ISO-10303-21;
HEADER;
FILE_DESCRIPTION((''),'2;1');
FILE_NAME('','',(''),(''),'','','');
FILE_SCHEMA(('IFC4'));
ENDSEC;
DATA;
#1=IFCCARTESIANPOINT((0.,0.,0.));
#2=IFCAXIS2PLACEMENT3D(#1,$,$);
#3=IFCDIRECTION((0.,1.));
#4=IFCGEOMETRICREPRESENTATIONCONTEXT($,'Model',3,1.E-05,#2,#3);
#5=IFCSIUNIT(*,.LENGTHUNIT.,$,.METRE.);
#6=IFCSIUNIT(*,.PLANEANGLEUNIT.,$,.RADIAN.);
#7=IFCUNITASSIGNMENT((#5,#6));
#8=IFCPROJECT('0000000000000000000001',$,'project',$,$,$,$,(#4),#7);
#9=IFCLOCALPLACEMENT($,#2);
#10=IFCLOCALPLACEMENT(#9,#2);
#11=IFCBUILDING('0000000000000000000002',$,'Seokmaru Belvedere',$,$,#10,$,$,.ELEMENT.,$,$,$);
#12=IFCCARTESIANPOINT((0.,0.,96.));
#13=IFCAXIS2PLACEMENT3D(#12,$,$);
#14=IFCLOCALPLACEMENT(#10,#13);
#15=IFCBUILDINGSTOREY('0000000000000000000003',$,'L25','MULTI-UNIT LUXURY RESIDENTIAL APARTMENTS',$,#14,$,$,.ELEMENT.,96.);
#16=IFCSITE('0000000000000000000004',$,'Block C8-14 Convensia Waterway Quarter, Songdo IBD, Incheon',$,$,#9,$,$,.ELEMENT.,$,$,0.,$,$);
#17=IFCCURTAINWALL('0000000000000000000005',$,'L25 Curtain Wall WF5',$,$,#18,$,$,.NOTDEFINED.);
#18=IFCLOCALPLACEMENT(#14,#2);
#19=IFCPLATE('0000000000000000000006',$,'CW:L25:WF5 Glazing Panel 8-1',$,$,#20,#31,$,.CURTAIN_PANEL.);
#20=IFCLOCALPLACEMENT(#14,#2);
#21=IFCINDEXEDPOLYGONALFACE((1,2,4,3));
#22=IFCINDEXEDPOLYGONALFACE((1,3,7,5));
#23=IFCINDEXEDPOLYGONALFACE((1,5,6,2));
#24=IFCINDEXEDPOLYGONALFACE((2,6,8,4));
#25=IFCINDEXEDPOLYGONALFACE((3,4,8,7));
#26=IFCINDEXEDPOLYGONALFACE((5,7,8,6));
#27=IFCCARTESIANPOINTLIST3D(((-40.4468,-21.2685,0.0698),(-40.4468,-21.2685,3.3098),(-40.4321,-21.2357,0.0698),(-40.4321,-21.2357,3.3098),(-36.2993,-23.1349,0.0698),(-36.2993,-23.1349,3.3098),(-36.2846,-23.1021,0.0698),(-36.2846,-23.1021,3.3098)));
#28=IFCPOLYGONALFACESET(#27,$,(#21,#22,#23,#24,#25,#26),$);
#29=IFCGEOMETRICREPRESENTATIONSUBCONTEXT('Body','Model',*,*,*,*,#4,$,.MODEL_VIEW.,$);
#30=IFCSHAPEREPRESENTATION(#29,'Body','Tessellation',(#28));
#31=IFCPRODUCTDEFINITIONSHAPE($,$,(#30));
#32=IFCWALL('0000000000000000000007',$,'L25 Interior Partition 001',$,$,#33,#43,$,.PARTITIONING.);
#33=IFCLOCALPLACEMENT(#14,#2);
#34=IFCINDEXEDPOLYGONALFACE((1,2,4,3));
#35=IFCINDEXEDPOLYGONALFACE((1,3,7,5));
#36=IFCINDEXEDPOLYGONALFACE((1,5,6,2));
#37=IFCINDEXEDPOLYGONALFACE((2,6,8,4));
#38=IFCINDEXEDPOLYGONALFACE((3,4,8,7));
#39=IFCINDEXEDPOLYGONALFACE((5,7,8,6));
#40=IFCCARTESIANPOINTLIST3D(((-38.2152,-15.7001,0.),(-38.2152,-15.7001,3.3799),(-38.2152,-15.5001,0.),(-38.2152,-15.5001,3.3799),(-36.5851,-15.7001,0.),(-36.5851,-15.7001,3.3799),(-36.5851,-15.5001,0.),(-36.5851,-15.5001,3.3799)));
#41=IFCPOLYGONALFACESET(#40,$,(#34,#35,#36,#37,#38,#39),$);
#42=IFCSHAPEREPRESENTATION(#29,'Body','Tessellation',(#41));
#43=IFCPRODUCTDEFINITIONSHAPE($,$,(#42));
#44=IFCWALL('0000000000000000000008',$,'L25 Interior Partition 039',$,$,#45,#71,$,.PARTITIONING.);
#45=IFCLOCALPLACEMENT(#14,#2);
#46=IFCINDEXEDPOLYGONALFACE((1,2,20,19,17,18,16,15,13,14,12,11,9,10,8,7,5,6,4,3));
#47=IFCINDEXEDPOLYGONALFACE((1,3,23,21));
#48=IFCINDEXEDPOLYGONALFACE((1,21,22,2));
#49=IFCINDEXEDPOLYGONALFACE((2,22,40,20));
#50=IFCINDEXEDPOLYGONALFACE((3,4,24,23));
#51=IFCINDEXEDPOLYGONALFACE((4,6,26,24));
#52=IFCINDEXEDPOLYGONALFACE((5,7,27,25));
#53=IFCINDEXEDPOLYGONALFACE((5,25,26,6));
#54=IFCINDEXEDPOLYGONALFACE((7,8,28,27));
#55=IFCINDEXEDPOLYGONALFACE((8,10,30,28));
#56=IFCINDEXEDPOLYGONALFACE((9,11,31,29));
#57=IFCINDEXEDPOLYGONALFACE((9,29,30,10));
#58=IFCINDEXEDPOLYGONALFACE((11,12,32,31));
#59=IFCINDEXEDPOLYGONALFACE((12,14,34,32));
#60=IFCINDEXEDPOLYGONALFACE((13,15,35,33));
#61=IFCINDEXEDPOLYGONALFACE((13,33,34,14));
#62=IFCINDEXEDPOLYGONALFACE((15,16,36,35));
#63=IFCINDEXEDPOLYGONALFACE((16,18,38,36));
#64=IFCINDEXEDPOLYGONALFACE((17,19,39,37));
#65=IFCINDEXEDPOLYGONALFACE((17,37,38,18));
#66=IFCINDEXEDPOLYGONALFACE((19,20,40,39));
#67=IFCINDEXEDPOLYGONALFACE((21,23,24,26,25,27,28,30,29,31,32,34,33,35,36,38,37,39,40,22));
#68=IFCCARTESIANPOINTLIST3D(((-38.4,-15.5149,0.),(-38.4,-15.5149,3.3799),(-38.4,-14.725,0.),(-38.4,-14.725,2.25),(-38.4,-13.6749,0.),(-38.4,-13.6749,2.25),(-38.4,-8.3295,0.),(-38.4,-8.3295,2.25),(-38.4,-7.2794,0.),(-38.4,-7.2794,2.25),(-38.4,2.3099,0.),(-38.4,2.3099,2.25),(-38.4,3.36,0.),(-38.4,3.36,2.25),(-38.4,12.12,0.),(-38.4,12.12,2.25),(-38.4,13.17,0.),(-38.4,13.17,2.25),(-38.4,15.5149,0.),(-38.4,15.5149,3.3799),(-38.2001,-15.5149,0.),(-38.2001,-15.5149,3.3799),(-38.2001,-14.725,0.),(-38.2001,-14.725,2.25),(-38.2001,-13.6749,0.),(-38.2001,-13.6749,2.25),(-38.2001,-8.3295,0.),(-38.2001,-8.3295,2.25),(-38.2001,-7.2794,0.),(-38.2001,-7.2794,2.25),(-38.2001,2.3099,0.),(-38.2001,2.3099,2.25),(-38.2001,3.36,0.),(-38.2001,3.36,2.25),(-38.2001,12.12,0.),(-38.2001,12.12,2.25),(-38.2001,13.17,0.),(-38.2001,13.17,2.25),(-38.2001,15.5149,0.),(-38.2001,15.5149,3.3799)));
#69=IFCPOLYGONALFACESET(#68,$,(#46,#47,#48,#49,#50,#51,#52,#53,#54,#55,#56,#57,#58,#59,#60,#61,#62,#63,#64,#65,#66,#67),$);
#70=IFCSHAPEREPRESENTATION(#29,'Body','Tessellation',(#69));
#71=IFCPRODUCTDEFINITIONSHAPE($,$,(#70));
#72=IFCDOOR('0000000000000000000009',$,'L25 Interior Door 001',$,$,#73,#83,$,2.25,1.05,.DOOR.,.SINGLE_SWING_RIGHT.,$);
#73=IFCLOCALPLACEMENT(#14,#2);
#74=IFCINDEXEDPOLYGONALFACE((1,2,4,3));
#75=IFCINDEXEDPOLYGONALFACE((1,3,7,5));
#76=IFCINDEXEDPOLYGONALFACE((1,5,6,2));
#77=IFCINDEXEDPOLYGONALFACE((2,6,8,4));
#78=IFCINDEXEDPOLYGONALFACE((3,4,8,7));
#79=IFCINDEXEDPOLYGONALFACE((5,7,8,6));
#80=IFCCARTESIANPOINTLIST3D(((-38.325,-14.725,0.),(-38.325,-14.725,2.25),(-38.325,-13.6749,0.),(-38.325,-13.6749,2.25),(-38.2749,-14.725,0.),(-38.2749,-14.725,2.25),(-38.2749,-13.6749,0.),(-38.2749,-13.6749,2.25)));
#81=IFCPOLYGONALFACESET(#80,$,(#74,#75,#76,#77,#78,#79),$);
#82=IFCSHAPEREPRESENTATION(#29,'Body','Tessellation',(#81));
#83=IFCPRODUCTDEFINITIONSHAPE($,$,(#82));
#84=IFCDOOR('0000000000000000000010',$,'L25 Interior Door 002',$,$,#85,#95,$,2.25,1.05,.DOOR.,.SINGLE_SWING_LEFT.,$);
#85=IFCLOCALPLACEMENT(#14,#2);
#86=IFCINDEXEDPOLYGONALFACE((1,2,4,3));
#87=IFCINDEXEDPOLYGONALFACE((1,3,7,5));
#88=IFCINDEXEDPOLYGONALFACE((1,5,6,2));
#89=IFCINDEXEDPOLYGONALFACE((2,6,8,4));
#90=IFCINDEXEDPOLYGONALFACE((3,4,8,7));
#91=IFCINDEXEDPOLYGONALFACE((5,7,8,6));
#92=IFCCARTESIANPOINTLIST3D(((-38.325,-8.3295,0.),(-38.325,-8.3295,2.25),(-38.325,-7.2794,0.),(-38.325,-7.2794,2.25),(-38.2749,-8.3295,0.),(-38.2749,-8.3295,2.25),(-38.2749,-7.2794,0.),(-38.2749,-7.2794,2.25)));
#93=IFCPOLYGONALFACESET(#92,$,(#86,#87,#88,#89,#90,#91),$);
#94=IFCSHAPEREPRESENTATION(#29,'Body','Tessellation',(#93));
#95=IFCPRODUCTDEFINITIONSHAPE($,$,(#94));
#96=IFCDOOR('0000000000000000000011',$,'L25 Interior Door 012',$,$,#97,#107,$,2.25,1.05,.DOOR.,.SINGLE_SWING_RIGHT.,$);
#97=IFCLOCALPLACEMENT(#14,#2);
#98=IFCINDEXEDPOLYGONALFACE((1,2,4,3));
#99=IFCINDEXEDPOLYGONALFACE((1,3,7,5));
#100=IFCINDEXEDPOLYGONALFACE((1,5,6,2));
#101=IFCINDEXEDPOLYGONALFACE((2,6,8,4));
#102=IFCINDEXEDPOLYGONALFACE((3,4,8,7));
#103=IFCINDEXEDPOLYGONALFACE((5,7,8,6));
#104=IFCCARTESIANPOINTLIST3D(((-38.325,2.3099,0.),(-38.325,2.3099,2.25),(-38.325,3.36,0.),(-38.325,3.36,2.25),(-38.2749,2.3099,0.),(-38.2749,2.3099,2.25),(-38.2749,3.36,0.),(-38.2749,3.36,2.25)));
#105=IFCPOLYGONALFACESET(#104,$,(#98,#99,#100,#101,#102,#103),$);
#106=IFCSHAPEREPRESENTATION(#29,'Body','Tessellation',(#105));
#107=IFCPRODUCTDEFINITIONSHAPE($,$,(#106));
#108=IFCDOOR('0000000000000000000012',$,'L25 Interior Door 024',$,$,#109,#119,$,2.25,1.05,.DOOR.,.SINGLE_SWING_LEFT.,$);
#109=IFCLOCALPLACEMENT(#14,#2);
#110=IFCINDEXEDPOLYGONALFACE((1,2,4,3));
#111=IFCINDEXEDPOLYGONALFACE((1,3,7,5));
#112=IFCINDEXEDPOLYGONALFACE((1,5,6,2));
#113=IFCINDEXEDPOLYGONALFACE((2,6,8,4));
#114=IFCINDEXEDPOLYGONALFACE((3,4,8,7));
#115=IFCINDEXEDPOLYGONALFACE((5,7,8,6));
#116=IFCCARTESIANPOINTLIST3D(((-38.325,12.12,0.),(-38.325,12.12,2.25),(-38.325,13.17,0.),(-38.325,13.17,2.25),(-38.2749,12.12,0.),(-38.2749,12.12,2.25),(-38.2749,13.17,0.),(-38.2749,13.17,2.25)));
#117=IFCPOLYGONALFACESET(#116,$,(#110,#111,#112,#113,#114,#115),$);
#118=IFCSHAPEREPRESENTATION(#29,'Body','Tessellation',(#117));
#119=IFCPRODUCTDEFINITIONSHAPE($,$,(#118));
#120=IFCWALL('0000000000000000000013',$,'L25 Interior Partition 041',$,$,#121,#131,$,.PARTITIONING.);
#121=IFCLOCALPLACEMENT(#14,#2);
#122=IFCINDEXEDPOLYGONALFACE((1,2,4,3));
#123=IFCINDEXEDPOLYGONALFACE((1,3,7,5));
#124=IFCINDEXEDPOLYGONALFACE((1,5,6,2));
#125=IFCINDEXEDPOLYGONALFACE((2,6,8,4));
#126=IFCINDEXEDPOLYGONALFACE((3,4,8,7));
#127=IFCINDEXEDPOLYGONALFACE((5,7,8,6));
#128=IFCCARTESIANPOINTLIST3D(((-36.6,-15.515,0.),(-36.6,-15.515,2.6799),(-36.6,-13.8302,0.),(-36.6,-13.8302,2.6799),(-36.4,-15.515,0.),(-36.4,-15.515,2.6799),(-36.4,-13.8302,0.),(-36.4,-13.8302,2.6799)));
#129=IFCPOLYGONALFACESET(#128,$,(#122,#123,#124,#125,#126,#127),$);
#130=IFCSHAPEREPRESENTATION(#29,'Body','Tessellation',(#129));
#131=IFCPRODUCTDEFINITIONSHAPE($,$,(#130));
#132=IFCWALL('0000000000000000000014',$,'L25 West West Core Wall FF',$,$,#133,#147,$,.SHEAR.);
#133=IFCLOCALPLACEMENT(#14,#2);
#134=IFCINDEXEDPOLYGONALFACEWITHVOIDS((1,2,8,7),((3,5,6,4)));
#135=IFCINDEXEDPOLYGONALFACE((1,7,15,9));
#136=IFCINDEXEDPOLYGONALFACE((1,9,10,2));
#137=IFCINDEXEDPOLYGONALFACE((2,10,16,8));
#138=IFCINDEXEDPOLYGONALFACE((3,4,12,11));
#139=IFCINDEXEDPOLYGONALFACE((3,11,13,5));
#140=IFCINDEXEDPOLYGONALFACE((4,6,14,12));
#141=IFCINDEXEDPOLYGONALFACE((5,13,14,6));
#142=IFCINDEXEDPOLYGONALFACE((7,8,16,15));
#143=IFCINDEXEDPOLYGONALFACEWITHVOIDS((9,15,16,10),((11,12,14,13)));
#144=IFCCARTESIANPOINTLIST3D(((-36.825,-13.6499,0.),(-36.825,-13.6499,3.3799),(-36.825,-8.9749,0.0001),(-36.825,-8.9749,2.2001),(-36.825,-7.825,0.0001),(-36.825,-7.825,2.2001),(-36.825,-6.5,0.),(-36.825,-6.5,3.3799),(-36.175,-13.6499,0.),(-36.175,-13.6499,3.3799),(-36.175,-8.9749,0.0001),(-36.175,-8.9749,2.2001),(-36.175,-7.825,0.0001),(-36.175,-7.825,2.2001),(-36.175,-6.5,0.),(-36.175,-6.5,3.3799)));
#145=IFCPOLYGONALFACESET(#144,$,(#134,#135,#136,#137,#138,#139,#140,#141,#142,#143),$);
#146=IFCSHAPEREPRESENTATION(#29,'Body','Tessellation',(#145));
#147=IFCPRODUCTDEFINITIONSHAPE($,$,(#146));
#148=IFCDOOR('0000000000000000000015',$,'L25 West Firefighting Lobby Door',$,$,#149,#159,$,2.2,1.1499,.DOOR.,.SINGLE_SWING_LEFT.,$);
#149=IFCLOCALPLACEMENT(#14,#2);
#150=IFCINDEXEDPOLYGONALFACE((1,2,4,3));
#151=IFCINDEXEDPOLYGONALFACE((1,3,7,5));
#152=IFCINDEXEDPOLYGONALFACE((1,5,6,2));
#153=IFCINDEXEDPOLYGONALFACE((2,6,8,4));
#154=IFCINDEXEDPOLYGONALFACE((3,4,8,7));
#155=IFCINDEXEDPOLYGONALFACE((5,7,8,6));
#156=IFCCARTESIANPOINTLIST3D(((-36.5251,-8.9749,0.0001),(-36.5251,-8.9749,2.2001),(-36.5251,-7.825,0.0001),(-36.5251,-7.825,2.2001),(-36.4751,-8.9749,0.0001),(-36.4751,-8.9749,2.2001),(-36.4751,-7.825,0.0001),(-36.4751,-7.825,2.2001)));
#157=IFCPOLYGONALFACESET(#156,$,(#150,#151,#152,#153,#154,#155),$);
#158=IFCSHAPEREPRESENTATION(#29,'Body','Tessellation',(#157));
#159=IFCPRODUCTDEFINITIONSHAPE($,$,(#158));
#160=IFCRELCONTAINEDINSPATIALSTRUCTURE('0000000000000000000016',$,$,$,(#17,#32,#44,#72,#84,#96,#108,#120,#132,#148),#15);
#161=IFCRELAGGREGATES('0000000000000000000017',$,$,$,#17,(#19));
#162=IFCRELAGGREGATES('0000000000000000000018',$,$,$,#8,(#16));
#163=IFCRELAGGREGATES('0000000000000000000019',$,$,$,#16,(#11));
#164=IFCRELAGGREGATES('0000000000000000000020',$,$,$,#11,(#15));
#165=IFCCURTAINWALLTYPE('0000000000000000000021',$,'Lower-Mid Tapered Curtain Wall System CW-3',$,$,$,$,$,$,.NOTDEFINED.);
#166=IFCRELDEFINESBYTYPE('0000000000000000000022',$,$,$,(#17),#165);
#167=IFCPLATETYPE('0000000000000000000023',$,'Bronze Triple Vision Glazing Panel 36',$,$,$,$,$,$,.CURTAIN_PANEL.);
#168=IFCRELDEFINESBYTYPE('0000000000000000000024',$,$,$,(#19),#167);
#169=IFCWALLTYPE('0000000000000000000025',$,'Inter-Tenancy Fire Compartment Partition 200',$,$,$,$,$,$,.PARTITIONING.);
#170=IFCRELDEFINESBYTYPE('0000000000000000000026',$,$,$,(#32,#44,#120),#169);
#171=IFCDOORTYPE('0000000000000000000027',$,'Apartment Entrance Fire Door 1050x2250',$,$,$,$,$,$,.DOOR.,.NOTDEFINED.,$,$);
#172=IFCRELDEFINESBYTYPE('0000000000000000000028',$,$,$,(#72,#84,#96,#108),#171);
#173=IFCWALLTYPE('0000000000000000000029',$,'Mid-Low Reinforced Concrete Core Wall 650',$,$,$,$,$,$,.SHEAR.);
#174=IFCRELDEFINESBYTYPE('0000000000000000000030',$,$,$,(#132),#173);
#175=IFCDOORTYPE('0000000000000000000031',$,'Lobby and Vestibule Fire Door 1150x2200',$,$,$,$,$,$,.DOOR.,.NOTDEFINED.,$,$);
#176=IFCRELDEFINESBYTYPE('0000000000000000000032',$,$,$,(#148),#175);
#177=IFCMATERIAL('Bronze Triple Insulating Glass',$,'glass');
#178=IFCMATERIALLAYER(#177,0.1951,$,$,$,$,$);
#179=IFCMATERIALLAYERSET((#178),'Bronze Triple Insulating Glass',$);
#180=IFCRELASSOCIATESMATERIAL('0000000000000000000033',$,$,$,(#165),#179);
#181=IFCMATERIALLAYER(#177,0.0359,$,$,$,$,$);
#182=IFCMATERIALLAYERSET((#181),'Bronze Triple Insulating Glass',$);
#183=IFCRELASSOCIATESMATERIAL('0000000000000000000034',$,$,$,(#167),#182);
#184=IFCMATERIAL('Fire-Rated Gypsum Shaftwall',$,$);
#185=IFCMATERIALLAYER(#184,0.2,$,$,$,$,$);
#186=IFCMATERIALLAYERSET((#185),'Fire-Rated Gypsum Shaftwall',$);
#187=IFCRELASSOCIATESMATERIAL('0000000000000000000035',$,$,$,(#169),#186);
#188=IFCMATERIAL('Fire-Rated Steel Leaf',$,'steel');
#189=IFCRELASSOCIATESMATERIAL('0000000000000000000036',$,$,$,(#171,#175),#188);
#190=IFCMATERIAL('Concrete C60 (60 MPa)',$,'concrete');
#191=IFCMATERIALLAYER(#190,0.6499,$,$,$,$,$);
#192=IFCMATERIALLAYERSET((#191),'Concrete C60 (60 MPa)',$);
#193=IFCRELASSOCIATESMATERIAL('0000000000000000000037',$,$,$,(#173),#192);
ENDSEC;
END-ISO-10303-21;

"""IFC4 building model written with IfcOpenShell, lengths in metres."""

from ifc_helpers import new_model, si_unit, direction, frame, frame_2d, origin, origin_2d, place, context, subcontext, project, spatial, rectangle, extrude, source, transform, mapped, material, layer, layer_set, type_object, type_shapes, element, fill, aggregate, save


model = new_model("IFC4")

# Units and contexts
model_context = context("Model", 3, precision=1e-05, world=origin(), true_north=direction((0.0, 1.0)))
body_context = subcontext(model_context, "Body", "Model", "MODEL_VIEW")
ifc_project = project(units=[si_unit("LENGTHUNIT", "METRE"), si_unit("PLANEANGLEUNIT", "RADIAN")], contexts=[model_context])

# Site, building, storey
site_placement = place(None, origin())
site = spatial("IfcSite", under=ifc_project, at=site_placement, Name="Block C8-14 Convensia Waterway Quarter, Songdo IBD, Incheon", CompositionType="ELEMENT", RefElevation=0.0)
building_placement = place(site_placement, origin())
building = spatial("IfcBuilding", under=site, at=building_placement, Name="Seokmaru Belvedere", CompositionType="ELEMENT")
storey_placement = place(building_placement, frame((0.0, 0.0, 96.0)))
storey = spatial("IfcBuildingStorey", under=building, at=storey_placement, Name="L25", Description="MULTI-UNIT LUXURY RESIDENTIAL APARTMENTS", CompositionType="ELEMENT", Elevation=96.0)

# Curtain wall, plate
ifc_material_1 = material(Name="Bronze Triple Insulating Glass", Category="glass")
ifc_layer_1 = layer(ifc_material_1, 0.1951)
ifc_layer_set_1 = layer_set([ifc_layer_1], Name="Bronze Triple Insulating Glass")
curtain_wall_type = type_object("IfcCurtainWallType", Name="Lower-Mid Tapered Curtain Wall System CW-3", PredefinedType="NOTDEFINED", material=ifc_layer_set_1)
curtain_wall_placement = place(storey_placement, origin())
curtain_wall = element("IfcCurtainWall", 1, at=curtain_wall_placement, inside=storey, type_object=curtain_wall_type, Name="L25 Curtain Wall WF5", PredefinedType="NOTDEFINED")
ifc_layer_2 = layer(ifc_material_1, 0.0359)
ifc_layer_set_2 = layer_set([ifc_layer_2], Name="Bronze Triple Insulating Glass")
plate_type = type_object("IfcPlateType", Name="Bronze Triple Vision Glazing Panel 36", PredefinedType="CURTAIN_PANEL", material=ifc_layer_set_2)
shared_shape_1 = source(origin(), body_context, "Body", "SweptSolid", [
    extrude(rectangle(XDim=4.5481, YDim=0.0359, at=origin_2d()), origin(), (0.0, 0.0, 1.0), 3.24),
])
plate_1_placement = place(storey_placement, frame((-38.3657, -22.1853, 0.0698), z_axis=(0.0, 0.0, 1.0), x_axis=(0.911921, -0.410366, 0.0)))
plate_1 = element("IfcPlate", 2, at=plate_1_placement, type_object=plate_type, Name="CW:L25:WF5 Glazing Panel 8-1", PredefinedType="CURTAIN_PANEL", context=body_context, shape_type="MappedRepresentation", body=[
    mapped(shared_shape_1, transform((0.0, 0.0, 0.0), scale=1.0)),
])
aggregate(curtain_wall, [plate_1])

# Wall
ifc_material_2 = material(Name="Fire-Rated Gypsum Shaftwall")
ifc_layer_3 = layer(ifc_material_2, 0.2)
ifc_layer_set_3 = layer_set([ifc_layer_3], Name="Fire-Rated Gypsum Shaftwall")
wall_type_1 = type_object("IfcWallType", Name="Inter-Tenancy Fire Compartment Partition 200", PredefinedType="PARTITIONING", material=ifc_layer_set_3)
wall_1_placement = place(storey_placement, frame((-38.2151, -15.6001, 0.0), z_axis=(0.0, 0.0, 1.0), x_axis=(1.0, 0.0, 0.0)))
element("IfcWall", 3, at=wall_1_placement, inside=storey, type_object=wall_type_1, Name="L25 Interior Partition 001", PredefinedType="PARTITIONING", context=body_context, shape_type="SweptSolid", body=[
    extrude(rectangle(XDim=1.6301, YDim=0.2, at=frame_2d((0.8149, 0.0))), origin(), (0.0, 0.0, 1.0), 3.3799),
])

# Wall, openings, doors
wall_2_placement = place(storey_placement, frame((-38.3, -15.5149, 0.0), z_axis=(0.0, 0.0, 1.0), x_axis=(0.0, 1.0, 0.0)))
wall_2 = element("IfcWall", 4, at=wall_2_placement, inside=storey, type_object=wall_type_1, Name="L25 Interior Partition 039", PredefinedType="PARTITIONING", context=body_context, shape_type="SweptSolid", body=[
    extrude(rectangle(XDim=31.0298, YDim=0.2, at=frame_2d((15.5149, 0.0))), origin(), (0.0, 0.0, 1.0), 3.3799),
])
opening_1_placement = place(wall_2_placement, frame((0.79, 0.0, 0.0)))
opening_1 = element("IfcOpeningElement", 5, at=opening_1_placement, cuts=wall_2, PredefinedType="OPENING", context=body_context, shape_type="SweptSolid", body=[
    extrude(rectangle(XDim=1.05, YDim=2.25, at=frame_2d((0.5249, 1.125))), frame((0.0, 0.1099, 0.0), z_axis=(0.0, -1.0, 0.0), x_axis=(1.0, 0.0, 0.0)), (0.0, 0.0, 1.0), 0.22),
])
opening_2_placement = place(wall_2_placement, frame((7.1855, 0.0, 0.0)))
opening_2 = element("IfcOpeningElement", 6, at=opening_2_placement, cuts=wall_2, PredefinedType="OPENING", context=body_context, shape_type="SweptSolid", body=[
    extrude(rectangle(XDim=1.05, YDim=2.25, at=frame_2d((0.5249, 1.125))), frame((0.0, 0.1099, 0.0), z_axis=(0.0, -1.0, 0.0), x_axis=(1.0, 0.0, 0.0)), (0.0, 0.0, 1.0), 0.22),
])
opening_3_placement = place(wall_2_placement, frame((17.825, 0.0, 0.0)))
opening_3 = element("IfcOpeningElement", 7, at=opening_3_placement, cuts=wall_2, PredefinedType="OPENING", context=body_context, shape_type="SweptSolid", body=[
    extrude(rectangle(XDim=1.05, YDim=2.25, at=frame_2d((0.5249, 1.125))), frame((0.0, 0.1099, 0.0), z_axis=(0.0, -1.0, 0.0), x_axis=(1.0, 0.0, 0.0)), (0.0, 0.0, 1.0), 0.22),
])
opening_4_placement = place(wall_2_placement, frame((27.635, 0.0, 0.0)))
opening_4 = element("IfcOpeningElement", 8, at=opening_4_placement, cuts=wall_2, PredefinedType="OPENING", context=body_context, shape_type="SweptSolid", body=[
    extrude(rectangle(XDim=1.05, YDim=2.25, at=frame_2d((0.5249, 1.125))), frame((0.0, 0.1099, 0.0), z_axis=(0.0, -1.0, 0.0), x_axis=(1.0, 0.0, 0.0)), (0.0, 0.0, 1.0), 0.22),
])
ifc_material_3 = material(Name="Fire-Rated Steel Leaf", Category="steel")
door_type_1 = type_object("IfcDoorType", Name="Apartment Entrance Fire Door 1050x2250", OperationType="NOTDEFINED", PredefinedType="DOOR", material=ifc_material_3)
shared_shape_2 = source(origin(), body_context, "Body", "SweptSolid", [
    extrude(rectangle(XDim=1.05, YDim=2.25, at=frame_2d((0.5249, 1.125))), frame((0.0, 0.0249, 0.0), z_axis=(0.0, -1.0, 0.0), x_axis=(1.0, 0.0, 0.0)), (0.0, 0.0, 1.0), 0.05),
])
type_shapes(door_type_1, [shared_shape_2])
door_1_placement = place(opening_1_placement, origin())
door_1 = element("IfcDoor", 9, at=door_1_placement, inside=storey, type_object=door_type_1, Name="L25 Interior Door 001", OperationType="SINGLE_SWING_RIGHT", OverallHeight=2.25, OverallWidth=1.05, PredefinedType="DOOR", context=body_context, shape_type="MappedRepresentation", body=[
    mapped(shared_shape_2, transform((0.0, 0.0, 0.0), scale=1.0)),
])
fill(opening_1, door_1)
door_2_placement = place(opening_2_placement, origin())
door_2 = element("IfcDoor", 10, at=door_2_placement, inside=storey, type_object=door_type_1, Name="L25 Interior Door 002", OperationType="SINGLE_SWING_LEFT", OverallHeight=2.25, OverallWidth=1.05, PredefinedType="DOOR", context=body_context, shape_type="MappedRepresentation", body=[
    mapped(shared_shape_2, transform((0.0, 0.0, 0.0), scale=1.0)),
])
fill(opening_2, door_2)
door_3_placement = place(opening_3_placement, origin())
door_3 = element("IfcDoor", 11, at=door_3_placement, inside=storey, type_object=door_type_1, Name="L25 Interior Door 012", OperationType="SINGLE_SWING_RIGHT", OverallHeight=2.25, OverallWidth=1.05, PredefinedType="DOOR", context=body_context, shape_type="MappedRepresentation", body=[
    mapped(shared_shape_2, transform((0.0, 0.0, 0.0), scale=1.0)),
])
fill(opening_3, door_3)
door_4_placement = place(opening_4_placement, origin())
door_4 = element("IfcDoor", 12, at=door_4_placement, inside=storey, type_object=door_type_1, Name="L25 Interior Door 024", OperationType="SINGLE_SWING_LEFT", OverallHeight=2.25, OverallWidth=1.05, PredefinedType="DOOR", context=body_context, shape_type="MappedRepresentation", body=[
    mapped(shared_shape_2, transform((0.0, 0.0, 0.0), scale=1.0)),
])
fill(opening_4, door_4)

# Wall
wall_3_placement = place(storey_placement, frame((-36.5, -15.5149, 0.0), z_axis=(0.0, 0.0, 1.0), x_axis=(0.0, 1.0, 0.0)))
element("IfcWall", 13, at=wall_3_placement, inside=storey, type_object=wall_type_1, Name="L25 Interior Partition 041", PredefinedType="PARTITIONING", context=body_context, shape_type="SweptSolid", body=[
    extrude(rectangle(XDim=1.6848, YDim=0.2, at=frame_2d((0.8423, 0.0))), origin(), (0.0, 0.0, 1.0), 2.6799),
])

# Wall, opening, door
ifc_material_4 = material(Name="Concrete C60 (60 MPa)", Category="concrete")
ifc_layer_4 = layer(ifc_material_4, 0.6499)
ifc_layer_set_4 = layer_set([ifc_layer_4], Name="Concrete C60 (60 MPa)")
wall_type_2 = type_object("IfcWallType", Name="Mid-Low Reinforced Concrete Core Wall 650", PredefinedType="SHEAR", material=ifc_layer_set_4)
wall_4_placement = place(storey_placement, frame((-36.5, -13.6499, 0.0), z_axis=(0.0, 0.0, 1.0), x_axis=(0.0, 1.0, 0.0)))
wall_4 = element("IfcWall", 14, at=wall_4_placement, inside=storey, type_object=wall_type_2, Name="L25 West West Core Wall FF", PredefinedType="SHEAR", context=body_context, shape_type="SweptSolid", body=[
    extrude(rectangle(XDim=7.1499, YDim=0.6499, at=frame_2d((3.575, 0.0))), origin(), (0.0, 0.0, 1.0), 3.3799),
])
opening_5_placement = place(wall_4_placement, frame((4.675, 0.0, 0.0)))
opening_5 = element("IfcOpeningElement", 15, at=opening_5_placement, cuts=wall_4, PredefinedType="OPENING", context=body_context, shape_type="SweptSolid", body=[
    extrude(rectangle(XDim=1.1499, YDim=2.2, at=frame_2d((0.575, 1.1001))), frame((0.0, 0.335, 0.0), z_axis=(0.0, -1.0, 0.0), x_axis=(1.0, 0.0, 0.0)), (0.0, 0.0, 1.0), 0.6699),
])
door_type_2 = type_object("IfcDoorType", Name="Lobby and Vestibule Fire Door 1150x2200", OperationType="NOTDEFINED", PredefinedType="DOOR", material=ifc_material_3)
shared_shape_3 = source(origin(), body_context, "Body", "SweptSolid", [
    extrude(rectangle(XDim=1.1499, YDim=2.2, at=frame_2d((0.575, 1.1001))), frame((0.0, 0.0249, 0.0), z_axis=(0.0, -1.0, 0.0), x_axis=(1.0, 0.0, 0.0)), (0.0, 0.0, 1.0), 0.05),
])
type_shapes(door_type_2, [shared_shape_3])
door_5_placement = place(opening_5_placement, frame((1.1499, 0.0, 0.0), z_axis=(0.0, 0.0, 1.0), x_axis=(-1.0, 0.0, 0.0)))
door_5 = element("IfcDoor", 16, at=door_5_placement, inside=storey, type_object=door_type_2, Name="L25 West Firefighting Lobby Door", OperationType="SINGLE_SWING_LEFT", OverallHeight=2.2, OverallWidth=1.1499, PredefinedType="DOOR", context=body_context, shape_type="MappedRepresentation", body=[
    mapped(shared_shape_3, transform((0.0, 0.0, 0.0), scale=1.0)),
])
fill(opening_5, door_5)

save(model, "model.ifc")
